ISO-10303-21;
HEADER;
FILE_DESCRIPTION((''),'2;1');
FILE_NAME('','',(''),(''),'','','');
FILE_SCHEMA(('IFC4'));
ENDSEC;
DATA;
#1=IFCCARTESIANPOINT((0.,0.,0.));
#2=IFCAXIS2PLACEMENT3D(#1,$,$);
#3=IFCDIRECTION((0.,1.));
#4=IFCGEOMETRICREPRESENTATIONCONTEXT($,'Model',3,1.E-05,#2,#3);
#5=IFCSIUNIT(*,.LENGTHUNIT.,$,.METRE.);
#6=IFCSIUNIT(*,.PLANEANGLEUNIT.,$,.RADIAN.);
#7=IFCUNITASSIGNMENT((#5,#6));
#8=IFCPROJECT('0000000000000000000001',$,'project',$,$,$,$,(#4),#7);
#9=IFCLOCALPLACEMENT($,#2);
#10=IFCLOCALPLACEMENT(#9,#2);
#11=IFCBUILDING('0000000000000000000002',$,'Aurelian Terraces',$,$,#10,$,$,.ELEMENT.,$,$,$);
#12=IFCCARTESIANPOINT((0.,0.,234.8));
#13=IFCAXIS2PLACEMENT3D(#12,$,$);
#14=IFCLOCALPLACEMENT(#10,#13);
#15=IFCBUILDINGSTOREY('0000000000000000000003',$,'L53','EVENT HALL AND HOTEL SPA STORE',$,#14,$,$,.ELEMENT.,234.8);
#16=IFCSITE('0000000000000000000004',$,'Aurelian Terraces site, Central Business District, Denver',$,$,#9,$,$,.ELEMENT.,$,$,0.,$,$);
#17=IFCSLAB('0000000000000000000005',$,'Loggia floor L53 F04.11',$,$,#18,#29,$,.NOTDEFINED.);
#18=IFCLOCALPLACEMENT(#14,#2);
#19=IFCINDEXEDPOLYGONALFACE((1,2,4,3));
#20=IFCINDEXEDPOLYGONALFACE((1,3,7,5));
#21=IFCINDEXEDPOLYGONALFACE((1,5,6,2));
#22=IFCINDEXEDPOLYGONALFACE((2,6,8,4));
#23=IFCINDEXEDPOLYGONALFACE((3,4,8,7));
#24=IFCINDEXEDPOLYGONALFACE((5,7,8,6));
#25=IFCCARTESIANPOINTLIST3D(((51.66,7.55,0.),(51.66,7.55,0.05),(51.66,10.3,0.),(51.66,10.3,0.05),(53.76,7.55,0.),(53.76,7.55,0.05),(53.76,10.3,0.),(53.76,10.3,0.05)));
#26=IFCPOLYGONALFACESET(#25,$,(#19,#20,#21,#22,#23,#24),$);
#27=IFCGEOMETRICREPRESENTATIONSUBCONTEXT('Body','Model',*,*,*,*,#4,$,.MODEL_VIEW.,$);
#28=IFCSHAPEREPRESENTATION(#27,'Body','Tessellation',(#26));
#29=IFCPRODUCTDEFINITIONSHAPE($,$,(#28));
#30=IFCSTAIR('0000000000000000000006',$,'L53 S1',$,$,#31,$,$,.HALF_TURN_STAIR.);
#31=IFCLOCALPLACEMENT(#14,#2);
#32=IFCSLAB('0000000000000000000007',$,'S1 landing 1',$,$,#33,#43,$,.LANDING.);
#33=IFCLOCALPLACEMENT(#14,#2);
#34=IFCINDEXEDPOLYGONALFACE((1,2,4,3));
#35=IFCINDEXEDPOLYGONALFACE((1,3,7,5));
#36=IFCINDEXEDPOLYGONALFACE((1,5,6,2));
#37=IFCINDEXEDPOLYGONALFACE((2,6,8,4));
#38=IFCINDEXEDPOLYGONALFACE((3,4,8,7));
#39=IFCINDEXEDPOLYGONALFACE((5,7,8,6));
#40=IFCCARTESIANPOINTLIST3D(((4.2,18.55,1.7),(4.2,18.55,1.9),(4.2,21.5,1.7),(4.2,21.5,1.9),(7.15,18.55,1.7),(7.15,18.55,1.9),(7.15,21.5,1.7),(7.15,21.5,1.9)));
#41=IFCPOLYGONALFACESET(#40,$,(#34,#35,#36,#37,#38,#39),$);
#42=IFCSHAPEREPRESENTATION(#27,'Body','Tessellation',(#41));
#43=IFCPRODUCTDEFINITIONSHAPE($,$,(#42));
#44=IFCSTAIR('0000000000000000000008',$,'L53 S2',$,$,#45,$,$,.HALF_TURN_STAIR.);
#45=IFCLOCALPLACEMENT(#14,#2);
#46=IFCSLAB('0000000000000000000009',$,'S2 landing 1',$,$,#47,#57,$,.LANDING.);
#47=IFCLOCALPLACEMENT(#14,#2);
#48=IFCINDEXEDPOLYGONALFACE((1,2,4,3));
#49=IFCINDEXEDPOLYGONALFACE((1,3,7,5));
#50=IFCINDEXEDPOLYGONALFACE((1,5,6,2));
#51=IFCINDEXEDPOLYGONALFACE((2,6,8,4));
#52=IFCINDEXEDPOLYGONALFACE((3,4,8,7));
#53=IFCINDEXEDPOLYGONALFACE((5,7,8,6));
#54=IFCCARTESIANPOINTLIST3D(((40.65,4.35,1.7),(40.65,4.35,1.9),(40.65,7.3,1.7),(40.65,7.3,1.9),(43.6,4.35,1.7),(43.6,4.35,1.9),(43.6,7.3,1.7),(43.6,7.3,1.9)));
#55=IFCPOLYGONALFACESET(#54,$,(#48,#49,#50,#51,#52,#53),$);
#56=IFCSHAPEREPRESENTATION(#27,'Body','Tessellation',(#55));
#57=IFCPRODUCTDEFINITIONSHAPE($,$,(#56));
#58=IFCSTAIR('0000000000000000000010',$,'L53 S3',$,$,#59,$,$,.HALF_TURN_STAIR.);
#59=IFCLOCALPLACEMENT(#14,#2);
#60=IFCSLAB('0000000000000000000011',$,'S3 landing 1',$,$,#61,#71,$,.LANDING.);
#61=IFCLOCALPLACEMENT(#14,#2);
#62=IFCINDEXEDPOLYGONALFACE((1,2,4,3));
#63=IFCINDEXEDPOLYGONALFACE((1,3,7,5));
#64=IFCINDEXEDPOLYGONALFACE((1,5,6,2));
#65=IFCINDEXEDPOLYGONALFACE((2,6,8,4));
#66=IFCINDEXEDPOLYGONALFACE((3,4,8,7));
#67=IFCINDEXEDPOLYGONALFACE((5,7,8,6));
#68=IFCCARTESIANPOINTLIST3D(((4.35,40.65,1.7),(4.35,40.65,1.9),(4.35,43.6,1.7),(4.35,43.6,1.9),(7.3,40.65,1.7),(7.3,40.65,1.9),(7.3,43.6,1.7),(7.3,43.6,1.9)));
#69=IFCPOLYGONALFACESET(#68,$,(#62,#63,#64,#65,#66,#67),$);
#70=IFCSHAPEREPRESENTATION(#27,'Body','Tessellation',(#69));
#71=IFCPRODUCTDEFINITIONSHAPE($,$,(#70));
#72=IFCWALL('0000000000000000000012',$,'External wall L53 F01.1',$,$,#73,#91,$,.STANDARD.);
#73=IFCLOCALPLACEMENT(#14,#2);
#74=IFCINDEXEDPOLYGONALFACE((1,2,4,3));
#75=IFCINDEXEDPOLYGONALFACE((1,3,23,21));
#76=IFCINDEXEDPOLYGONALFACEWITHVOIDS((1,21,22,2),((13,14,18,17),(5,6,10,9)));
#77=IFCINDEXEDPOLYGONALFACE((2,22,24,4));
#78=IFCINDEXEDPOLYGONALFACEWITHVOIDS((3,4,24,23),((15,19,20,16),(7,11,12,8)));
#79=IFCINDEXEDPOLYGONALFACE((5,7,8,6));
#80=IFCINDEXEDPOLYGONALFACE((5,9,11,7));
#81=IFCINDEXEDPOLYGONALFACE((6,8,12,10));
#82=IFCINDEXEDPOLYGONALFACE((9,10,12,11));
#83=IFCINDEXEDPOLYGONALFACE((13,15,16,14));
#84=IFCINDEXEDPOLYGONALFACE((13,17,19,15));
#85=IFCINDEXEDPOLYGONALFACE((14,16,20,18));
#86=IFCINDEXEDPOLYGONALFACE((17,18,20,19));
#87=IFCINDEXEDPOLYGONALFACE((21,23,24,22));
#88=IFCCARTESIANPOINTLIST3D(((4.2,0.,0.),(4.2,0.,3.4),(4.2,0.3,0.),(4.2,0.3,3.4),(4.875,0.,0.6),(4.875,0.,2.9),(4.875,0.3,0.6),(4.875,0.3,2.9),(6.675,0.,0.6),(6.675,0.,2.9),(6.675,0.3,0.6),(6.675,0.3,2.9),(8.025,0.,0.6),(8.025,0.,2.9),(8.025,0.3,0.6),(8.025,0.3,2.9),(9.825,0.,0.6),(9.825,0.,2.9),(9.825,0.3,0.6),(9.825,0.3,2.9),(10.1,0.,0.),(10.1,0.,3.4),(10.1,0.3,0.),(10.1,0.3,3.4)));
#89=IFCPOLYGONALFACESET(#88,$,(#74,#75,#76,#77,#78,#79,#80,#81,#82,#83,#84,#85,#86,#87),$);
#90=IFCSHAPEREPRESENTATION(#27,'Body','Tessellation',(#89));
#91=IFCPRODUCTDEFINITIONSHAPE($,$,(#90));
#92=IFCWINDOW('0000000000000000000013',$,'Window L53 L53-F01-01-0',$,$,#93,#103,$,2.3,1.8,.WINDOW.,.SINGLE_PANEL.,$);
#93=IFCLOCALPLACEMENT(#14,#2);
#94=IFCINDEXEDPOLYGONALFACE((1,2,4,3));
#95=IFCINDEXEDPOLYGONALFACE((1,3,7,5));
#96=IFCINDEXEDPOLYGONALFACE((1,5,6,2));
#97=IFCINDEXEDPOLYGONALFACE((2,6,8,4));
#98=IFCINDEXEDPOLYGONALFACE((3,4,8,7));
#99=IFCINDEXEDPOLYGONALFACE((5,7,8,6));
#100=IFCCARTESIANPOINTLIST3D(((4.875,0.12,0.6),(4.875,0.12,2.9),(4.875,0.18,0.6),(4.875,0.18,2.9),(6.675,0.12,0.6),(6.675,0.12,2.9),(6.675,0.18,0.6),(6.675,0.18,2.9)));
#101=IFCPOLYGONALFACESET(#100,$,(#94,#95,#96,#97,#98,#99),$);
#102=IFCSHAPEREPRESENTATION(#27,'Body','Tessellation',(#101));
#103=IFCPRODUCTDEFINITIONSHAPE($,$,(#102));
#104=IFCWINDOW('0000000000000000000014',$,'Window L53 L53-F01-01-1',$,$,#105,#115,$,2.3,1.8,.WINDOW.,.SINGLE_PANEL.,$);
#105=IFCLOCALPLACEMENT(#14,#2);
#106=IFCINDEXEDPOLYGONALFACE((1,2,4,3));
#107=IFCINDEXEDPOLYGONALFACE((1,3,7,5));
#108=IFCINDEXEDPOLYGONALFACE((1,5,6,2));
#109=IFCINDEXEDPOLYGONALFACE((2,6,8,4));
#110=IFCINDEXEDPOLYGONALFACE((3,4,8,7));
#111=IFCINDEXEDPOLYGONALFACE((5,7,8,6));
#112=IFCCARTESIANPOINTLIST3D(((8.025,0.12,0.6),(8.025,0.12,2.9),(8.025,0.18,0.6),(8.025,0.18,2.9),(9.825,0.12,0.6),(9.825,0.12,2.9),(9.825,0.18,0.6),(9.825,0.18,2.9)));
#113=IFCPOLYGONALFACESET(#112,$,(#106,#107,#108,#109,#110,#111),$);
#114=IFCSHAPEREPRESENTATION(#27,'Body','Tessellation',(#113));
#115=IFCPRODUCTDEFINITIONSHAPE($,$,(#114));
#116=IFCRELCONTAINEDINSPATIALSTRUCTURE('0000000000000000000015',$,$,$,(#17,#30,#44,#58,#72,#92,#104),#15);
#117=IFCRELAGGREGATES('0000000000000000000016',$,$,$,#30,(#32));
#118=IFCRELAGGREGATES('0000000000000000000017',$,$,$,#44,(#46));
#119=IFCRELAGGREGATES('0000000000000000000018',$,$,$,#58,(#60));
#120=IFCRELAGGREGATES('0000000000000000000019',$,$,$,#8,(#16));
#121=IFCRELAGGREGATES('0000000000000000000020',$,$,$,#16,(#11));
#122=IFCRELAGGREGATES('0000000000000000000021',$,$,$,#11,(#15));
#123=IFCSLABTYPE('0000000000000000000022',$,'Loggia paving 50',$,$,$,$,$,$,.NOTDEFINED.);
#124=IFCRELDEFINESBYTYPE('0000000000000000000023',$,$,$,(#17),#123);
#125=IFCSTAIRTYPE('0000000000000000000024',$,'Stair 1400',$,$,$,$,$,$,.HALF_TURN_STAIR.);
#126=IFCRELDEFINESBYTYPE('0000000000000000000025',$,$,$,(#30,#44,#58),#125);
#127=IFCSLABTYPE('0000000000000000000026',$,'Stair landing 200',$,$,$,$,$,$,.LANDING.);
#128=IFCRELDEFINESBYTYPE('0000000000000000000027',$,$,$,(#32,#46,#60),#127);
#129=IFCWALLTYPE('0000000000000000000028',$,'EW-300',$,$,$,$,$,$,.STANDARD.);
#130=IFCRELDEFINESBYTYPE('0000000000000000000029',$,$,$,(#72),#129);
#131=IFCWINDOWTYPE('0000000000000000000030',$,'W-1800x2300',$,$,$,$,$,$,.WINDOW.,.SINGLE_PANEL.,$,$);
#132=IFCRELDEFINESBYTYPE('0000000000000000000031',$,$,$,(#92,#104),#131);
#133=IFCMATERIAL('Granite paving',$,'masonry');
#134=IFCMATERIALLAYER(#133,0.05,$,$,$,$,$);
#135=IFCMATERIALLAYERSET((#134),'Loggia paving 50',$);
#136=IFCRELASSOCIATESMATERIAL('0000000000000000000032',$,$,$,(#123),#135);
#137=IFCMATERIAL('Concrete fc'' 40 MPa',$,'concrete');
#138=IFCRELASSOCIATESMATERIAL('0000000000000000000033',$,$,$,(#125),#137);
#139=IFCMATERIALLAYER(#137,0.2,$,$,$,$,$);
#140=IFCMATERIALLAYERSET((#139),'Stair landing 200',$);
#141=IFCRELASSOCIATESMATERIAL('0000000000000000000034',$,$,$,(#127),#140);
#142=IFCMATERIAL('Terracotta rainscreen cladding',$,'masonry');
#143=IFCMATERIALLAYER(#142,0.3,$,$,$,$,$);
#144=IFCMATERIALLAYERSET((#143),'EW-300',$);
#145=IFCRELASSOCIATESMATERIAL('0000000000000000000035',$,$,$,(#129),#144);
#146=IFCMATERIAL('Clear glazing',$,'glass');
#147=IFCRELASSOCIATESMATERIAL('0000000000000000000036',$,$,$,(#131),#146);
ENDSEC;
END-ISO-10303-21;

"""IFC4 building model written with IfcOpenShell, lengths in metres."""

from ifc_helpers import new_model, si_unit, direction, frame, frame_2d, origin, place, context, subcontext, project, spatial, polyline, rectangle, outline, extrude, source, transform, mapped, material, layer, layer_set, type_object, element, fill, aggregate, save


model = new_model("IFC4")

# Units and contexts
model_context = context("Model", 3, precision=1e-05, world=origin(), true_north=direction((0.0, 1.0)))
body_context = subcontext(model_context, "Body", "Model", "MODEL_VIEW")
ifc_project = project(units=[si_unit("LENGTHUNIT", "METRE"), si_unit("PLANEANGLEUNIT", "RADIAN")], contexts=[model_context])

# Site, building, storey
site_placement = place(None, origin())
site = spatial("IfcSite", under=ifc_project, at=site_placement, Name="Aurelian Terraces site, Central Business District, Denver", CompositionType="ELEMENT", RefElevation=0.0)
building_placement = place(site_placement, origin())
building = spatial("IfcBuilding", under=site, at=building_placement, Name="Aurelian Terraces", CompositionType="ELEMENT")
storey_placement = place(building_placement, frame((0.0, 0.0, 234.8)))
storey = spatial("IfcBuildingStorey", under=building, at=storey_placement, Name="L53", Description="EVENT HALL AND HOTEL SPA STORE", CompositionType="ELEMENT", Elevation=234.8)

# Slab
ifc_material_1 = material(Name="Concrete fc' 40 MPa", Category="concrete")
ifc_material_2 = material(Name="Granite paving", Category="masonry")
ifc_layer_1 = layer(ifc_material_2, 0.05)
ifc_layer_set_1 = layer_set([ifc_layer_1], Name="Loggia paving 50")
slab_type_1 = type_object("IfcSlabType", Name="Loggia paving 50", PredefinedType="NOTDEFINED", material=ifc_layer_set_1)
shared_shape_1 = source(origin(), body_context, "Body", "SweptSolid", [
    extrude(outline(polyline([(53.76, 7.55), (53.76, 10.3), (51.66, 10.3), (51.66, 7.55), (53.76, 7.55)])), origin(), (0.0, 0.0, 1.0), 0.05),
])
slab_1_placement = place(storey_placement, origin())
element("IfcSlab", 1, at=slab_1_placement, inside=storey, type_object=slab_type_1, Name="Loggia floor L53 F04.11", PredefinedType="NOTDEFINED", context=body_context, shape_type="MappedRepresentation", body=[
    mapped(shared_shape_1, transform((0.0, 0.0, 0.0), scale=1.0)),
])

# Stairs, slabs
stair_type = type_object("IfcStairType", Name="Stair 1400", PredefinedType="HALF_TURN_STAIR", material=ifc_material_1)
stair_1_placement = place(storey_placement, origin())
stair_1 = element("IfcStair", 2, at=stair_1_placement, inside=storey, type_object=stair_type, Name="L53 S1", PredefinedType="HALF_TURN_STAIR")
ifc_layer_2 = layer(ifc_material_1, 0.2)
ifc_layer_set_2 = layer_set([ifc_layer_2], Name="Stair landing 200")
slab_type_2 = type_object("IfcSlabType", Name="Stair landing 200", PredefinedType="LANDING", material=ifc_layer_set_2)
shared_shape_2 = source(origin(), body_context, "Body", "SweptSolid", [
    extrude(outline(polyline([(7.15, 18.55), (7.15, 21.5), (4.2, 21.5), (4.2, 18.55), (7.15, 18.55)])), origin(), (0.0, 0.0, 1.0), 0.2),
])
slab_2_placement = place(storey_placement, frame((0.0, 0.0, 1.7)))
slab_2 = element("IfcSlab", 3, at=slab_2_placement, type_object=slab_type_2, Name="S1 landing 1", PredefinedType="LANDING", context=body_context, shape_type="MappedRepresentation", body=[
    mapped(shared_shape_2, transform((0.0, 0.0, 0.0), scale=1.0)),
])
aggregate(stair_1, [slab_2])
stair_2_placement = place(storey_placement, origin())
stair_2 = element("IfcStair", 4, at=stair_2_placement, inside=storey, type_object=stair_type, Name="L53 S2", PredefinedType="HALF_TURN_STAIR")
shared_shape_3 = source(origin(), body_context, "Body", "SweptSolid", [
    extrude(outline(polyline([(43.6, 4.35), (43.6, 7.3), (40.65, 7.3), (40.65, 4.35), (43.6, 4.35)])), origin(), (0.0, 0.0, 1.0), 0.2),
])
slab_3_placement = place(storey_placement, frame((0.0, 0.0, 1.7)))
slab_3 = element("IfcSlab", 5, at=slab_3_placement, type_object=slab_type_2, Name="S2 landing 1", PredefinedType="LANDING", context=body_context, shape_type="MappedRepresentation", body=[
    mapped(shared_shape_3, transform((0.0, 0.0, 0.0), scale=1.0)),
])
aggregate(stair_2, [slab_3])
stair_3_placement = place(storey_placement, origin())
stair_3 = element("IfcStair", 6, at=stair_3_placement, inside=storey, type_object=stair_type, Name="L53 S3", PredefinedType="HALF_TURN_STAIR")
shared_shape_4 = source(origin(), body_context, "Body", "SweptSolid", [
    extrude(outline(polyline([(4.35, 40.65), (7.3, 40.65), (7.3, 43.6), (4.35, 43.6), (4.35, 40.65)])), origin(), (0.0, 0.0, 1.0), 0.2),
])
slab_4_placement = place(storey_placement, frame((0.0, 0.0, 1.7)))
slab_4 = element("IfcSlab", 7, at=slab_4_placement, type_object=slab_type_2, Name="S3 landing 1", PredefinedType="LANDING", context=body_context, shape_type="MappedRepresentation", body=[
    mapped(shared_shape_4, transform((0.0, 0.0, 0.0), scale=1.0)),
])
aggregate(stair_3, [slab_4])

# Wall, openings, windows
ifc_material_3 = material(Name="Terracotta rainscreen cladding", Category="masonry")
ifc_layer_3 = layer(ifc_material_3, 0.3)
ifc_layer_set_3 = layer_set([ifc_layer_3], Name="EW-300")
wall_type = type_object("IfcWallType", Name="EW-300", PredefinedType="STANDARD", material=ifc_layer_set_3)
shared_shape_5 = source(origin(), body_context, "Body", "SweptSolid", [
    extrude(rectangle(XDim=5.9, YDim=0.3, at=frame_2d((2.95, 0.0))), origin(), (0.0, 0.0, 1.0), 3.4),
])
wall_placement = place(storey_placement, frame((4.2, 0.15, 0.0), z_axis=(0.0, 0.0, 1.0), x_axis=(1.0, 0.0, 0.0)))
wall = element("IfcWall", 8, at=wall_placement, inside=storey, type_object=wall_type, Name="External wall L53 F01.1", PredefinedType="STANDARD", context=body_context, shape_type="MappedRepresentation", body=[
    mapped(shared_shape_5, transform((0.0, 0.0, 0.0), scale=1.0)),
])
shared_shape_6 = source(origin(), body_context, "Body", "SweptSolid", [
    extrude(rectangle(XDim=1.8, YDim=2.3, at=frame_2d((0.9, 1.15))), frame((0.0, 0.16, 0.0), z_axis=(0.0, -1.0, 0.0), x_axis=(1.0, 0.0, 0.0)), (0.0, 0.0, 1.0), 0.32),
])
opening_1_placement = place(wall_placement, frame((0.675, 0.0, 0.6)))
opening_1 = element("IfcOpeningElement", 9, at=opening_1_placement, cuts=wall, PredefinedType="OPENING", context=body_context, shape_type="MappedRepresentation", body=[
    mapped(shared_shape_6, transform((0.0, 0.0, 0.0), scale=1.0)),
])
opening_2_placement = place(wall_placement, frame((3.825, 0.0, 0.6)))
opening_2 = element("IfcOpeningElement", 10, at=opening_2_placement, cuts=wall, PredefinedType="OPENING", context=body_context, shape_type="MappedRepresentation", body=[
    mapped(shared_shape_6, transform((0.0, 0.0, 0.0), scale=1.0)),
])
ifc_material_4 = material(Name="Clear glazing", Category="glass")
window_type = type_object("IfcWindowType", Name="W-1800x2300", PartitioningType="SINGLE_PANEL", PredefinedType="WINDOW", material=ifc_material_4)
shared_shape_7 = source(origin(), body_context, "Body", "SweptSolid", [
    extrude(rectangle(XDim=1.8, YDim=2.3, at=frame_2d((0.9, 1.15))), frame((0.0, 0.03, 0.0), z_axis=(0.0, -1.0, 0.0), x_axis=(1.0, 0.0, 0.0)), (0.0, 0.0, 1.0), 0.06),
])
window_1_placement = place(opening_1_placement, origin())
window_1 = element("IfcWindow", 11, at=window_1_placement, inside=storey, type_object=window_type, Name="Window L53 L53-F01-01-0", OverallHeight=2.3, OverallWidth=1.8, PartitioningType="SINGLE_PANEL", PredefinedType="WINDOW", context=body_context, shape_type="MappedRepresentation", body=[
    mapped(shared_shape_7, transform((0.0, 0.0, 0.0), scale=1.0)),
])
fill(opening_1, window_1)
window_2_placement = place(opening_2_placement, origin())
window_2 = element("IfcWindow", 12, at=window_2_placement, inside=storey, type_object=window_type, Name="Window L53 L53-F01-01-1", OverallHeight=2.3, OverallWidth=1.8, PartitioningType="SINGLE_PANEL", PredefinedType="WINDOW", context=body_context, shape_type="MappedRepresentation", body=[
    mapped(shared_shape_7, transform((0.0, 0.0, 0.0), scale=1.0)),
])
fill(opening_2, window_2)

save(model, "model.ifc")
